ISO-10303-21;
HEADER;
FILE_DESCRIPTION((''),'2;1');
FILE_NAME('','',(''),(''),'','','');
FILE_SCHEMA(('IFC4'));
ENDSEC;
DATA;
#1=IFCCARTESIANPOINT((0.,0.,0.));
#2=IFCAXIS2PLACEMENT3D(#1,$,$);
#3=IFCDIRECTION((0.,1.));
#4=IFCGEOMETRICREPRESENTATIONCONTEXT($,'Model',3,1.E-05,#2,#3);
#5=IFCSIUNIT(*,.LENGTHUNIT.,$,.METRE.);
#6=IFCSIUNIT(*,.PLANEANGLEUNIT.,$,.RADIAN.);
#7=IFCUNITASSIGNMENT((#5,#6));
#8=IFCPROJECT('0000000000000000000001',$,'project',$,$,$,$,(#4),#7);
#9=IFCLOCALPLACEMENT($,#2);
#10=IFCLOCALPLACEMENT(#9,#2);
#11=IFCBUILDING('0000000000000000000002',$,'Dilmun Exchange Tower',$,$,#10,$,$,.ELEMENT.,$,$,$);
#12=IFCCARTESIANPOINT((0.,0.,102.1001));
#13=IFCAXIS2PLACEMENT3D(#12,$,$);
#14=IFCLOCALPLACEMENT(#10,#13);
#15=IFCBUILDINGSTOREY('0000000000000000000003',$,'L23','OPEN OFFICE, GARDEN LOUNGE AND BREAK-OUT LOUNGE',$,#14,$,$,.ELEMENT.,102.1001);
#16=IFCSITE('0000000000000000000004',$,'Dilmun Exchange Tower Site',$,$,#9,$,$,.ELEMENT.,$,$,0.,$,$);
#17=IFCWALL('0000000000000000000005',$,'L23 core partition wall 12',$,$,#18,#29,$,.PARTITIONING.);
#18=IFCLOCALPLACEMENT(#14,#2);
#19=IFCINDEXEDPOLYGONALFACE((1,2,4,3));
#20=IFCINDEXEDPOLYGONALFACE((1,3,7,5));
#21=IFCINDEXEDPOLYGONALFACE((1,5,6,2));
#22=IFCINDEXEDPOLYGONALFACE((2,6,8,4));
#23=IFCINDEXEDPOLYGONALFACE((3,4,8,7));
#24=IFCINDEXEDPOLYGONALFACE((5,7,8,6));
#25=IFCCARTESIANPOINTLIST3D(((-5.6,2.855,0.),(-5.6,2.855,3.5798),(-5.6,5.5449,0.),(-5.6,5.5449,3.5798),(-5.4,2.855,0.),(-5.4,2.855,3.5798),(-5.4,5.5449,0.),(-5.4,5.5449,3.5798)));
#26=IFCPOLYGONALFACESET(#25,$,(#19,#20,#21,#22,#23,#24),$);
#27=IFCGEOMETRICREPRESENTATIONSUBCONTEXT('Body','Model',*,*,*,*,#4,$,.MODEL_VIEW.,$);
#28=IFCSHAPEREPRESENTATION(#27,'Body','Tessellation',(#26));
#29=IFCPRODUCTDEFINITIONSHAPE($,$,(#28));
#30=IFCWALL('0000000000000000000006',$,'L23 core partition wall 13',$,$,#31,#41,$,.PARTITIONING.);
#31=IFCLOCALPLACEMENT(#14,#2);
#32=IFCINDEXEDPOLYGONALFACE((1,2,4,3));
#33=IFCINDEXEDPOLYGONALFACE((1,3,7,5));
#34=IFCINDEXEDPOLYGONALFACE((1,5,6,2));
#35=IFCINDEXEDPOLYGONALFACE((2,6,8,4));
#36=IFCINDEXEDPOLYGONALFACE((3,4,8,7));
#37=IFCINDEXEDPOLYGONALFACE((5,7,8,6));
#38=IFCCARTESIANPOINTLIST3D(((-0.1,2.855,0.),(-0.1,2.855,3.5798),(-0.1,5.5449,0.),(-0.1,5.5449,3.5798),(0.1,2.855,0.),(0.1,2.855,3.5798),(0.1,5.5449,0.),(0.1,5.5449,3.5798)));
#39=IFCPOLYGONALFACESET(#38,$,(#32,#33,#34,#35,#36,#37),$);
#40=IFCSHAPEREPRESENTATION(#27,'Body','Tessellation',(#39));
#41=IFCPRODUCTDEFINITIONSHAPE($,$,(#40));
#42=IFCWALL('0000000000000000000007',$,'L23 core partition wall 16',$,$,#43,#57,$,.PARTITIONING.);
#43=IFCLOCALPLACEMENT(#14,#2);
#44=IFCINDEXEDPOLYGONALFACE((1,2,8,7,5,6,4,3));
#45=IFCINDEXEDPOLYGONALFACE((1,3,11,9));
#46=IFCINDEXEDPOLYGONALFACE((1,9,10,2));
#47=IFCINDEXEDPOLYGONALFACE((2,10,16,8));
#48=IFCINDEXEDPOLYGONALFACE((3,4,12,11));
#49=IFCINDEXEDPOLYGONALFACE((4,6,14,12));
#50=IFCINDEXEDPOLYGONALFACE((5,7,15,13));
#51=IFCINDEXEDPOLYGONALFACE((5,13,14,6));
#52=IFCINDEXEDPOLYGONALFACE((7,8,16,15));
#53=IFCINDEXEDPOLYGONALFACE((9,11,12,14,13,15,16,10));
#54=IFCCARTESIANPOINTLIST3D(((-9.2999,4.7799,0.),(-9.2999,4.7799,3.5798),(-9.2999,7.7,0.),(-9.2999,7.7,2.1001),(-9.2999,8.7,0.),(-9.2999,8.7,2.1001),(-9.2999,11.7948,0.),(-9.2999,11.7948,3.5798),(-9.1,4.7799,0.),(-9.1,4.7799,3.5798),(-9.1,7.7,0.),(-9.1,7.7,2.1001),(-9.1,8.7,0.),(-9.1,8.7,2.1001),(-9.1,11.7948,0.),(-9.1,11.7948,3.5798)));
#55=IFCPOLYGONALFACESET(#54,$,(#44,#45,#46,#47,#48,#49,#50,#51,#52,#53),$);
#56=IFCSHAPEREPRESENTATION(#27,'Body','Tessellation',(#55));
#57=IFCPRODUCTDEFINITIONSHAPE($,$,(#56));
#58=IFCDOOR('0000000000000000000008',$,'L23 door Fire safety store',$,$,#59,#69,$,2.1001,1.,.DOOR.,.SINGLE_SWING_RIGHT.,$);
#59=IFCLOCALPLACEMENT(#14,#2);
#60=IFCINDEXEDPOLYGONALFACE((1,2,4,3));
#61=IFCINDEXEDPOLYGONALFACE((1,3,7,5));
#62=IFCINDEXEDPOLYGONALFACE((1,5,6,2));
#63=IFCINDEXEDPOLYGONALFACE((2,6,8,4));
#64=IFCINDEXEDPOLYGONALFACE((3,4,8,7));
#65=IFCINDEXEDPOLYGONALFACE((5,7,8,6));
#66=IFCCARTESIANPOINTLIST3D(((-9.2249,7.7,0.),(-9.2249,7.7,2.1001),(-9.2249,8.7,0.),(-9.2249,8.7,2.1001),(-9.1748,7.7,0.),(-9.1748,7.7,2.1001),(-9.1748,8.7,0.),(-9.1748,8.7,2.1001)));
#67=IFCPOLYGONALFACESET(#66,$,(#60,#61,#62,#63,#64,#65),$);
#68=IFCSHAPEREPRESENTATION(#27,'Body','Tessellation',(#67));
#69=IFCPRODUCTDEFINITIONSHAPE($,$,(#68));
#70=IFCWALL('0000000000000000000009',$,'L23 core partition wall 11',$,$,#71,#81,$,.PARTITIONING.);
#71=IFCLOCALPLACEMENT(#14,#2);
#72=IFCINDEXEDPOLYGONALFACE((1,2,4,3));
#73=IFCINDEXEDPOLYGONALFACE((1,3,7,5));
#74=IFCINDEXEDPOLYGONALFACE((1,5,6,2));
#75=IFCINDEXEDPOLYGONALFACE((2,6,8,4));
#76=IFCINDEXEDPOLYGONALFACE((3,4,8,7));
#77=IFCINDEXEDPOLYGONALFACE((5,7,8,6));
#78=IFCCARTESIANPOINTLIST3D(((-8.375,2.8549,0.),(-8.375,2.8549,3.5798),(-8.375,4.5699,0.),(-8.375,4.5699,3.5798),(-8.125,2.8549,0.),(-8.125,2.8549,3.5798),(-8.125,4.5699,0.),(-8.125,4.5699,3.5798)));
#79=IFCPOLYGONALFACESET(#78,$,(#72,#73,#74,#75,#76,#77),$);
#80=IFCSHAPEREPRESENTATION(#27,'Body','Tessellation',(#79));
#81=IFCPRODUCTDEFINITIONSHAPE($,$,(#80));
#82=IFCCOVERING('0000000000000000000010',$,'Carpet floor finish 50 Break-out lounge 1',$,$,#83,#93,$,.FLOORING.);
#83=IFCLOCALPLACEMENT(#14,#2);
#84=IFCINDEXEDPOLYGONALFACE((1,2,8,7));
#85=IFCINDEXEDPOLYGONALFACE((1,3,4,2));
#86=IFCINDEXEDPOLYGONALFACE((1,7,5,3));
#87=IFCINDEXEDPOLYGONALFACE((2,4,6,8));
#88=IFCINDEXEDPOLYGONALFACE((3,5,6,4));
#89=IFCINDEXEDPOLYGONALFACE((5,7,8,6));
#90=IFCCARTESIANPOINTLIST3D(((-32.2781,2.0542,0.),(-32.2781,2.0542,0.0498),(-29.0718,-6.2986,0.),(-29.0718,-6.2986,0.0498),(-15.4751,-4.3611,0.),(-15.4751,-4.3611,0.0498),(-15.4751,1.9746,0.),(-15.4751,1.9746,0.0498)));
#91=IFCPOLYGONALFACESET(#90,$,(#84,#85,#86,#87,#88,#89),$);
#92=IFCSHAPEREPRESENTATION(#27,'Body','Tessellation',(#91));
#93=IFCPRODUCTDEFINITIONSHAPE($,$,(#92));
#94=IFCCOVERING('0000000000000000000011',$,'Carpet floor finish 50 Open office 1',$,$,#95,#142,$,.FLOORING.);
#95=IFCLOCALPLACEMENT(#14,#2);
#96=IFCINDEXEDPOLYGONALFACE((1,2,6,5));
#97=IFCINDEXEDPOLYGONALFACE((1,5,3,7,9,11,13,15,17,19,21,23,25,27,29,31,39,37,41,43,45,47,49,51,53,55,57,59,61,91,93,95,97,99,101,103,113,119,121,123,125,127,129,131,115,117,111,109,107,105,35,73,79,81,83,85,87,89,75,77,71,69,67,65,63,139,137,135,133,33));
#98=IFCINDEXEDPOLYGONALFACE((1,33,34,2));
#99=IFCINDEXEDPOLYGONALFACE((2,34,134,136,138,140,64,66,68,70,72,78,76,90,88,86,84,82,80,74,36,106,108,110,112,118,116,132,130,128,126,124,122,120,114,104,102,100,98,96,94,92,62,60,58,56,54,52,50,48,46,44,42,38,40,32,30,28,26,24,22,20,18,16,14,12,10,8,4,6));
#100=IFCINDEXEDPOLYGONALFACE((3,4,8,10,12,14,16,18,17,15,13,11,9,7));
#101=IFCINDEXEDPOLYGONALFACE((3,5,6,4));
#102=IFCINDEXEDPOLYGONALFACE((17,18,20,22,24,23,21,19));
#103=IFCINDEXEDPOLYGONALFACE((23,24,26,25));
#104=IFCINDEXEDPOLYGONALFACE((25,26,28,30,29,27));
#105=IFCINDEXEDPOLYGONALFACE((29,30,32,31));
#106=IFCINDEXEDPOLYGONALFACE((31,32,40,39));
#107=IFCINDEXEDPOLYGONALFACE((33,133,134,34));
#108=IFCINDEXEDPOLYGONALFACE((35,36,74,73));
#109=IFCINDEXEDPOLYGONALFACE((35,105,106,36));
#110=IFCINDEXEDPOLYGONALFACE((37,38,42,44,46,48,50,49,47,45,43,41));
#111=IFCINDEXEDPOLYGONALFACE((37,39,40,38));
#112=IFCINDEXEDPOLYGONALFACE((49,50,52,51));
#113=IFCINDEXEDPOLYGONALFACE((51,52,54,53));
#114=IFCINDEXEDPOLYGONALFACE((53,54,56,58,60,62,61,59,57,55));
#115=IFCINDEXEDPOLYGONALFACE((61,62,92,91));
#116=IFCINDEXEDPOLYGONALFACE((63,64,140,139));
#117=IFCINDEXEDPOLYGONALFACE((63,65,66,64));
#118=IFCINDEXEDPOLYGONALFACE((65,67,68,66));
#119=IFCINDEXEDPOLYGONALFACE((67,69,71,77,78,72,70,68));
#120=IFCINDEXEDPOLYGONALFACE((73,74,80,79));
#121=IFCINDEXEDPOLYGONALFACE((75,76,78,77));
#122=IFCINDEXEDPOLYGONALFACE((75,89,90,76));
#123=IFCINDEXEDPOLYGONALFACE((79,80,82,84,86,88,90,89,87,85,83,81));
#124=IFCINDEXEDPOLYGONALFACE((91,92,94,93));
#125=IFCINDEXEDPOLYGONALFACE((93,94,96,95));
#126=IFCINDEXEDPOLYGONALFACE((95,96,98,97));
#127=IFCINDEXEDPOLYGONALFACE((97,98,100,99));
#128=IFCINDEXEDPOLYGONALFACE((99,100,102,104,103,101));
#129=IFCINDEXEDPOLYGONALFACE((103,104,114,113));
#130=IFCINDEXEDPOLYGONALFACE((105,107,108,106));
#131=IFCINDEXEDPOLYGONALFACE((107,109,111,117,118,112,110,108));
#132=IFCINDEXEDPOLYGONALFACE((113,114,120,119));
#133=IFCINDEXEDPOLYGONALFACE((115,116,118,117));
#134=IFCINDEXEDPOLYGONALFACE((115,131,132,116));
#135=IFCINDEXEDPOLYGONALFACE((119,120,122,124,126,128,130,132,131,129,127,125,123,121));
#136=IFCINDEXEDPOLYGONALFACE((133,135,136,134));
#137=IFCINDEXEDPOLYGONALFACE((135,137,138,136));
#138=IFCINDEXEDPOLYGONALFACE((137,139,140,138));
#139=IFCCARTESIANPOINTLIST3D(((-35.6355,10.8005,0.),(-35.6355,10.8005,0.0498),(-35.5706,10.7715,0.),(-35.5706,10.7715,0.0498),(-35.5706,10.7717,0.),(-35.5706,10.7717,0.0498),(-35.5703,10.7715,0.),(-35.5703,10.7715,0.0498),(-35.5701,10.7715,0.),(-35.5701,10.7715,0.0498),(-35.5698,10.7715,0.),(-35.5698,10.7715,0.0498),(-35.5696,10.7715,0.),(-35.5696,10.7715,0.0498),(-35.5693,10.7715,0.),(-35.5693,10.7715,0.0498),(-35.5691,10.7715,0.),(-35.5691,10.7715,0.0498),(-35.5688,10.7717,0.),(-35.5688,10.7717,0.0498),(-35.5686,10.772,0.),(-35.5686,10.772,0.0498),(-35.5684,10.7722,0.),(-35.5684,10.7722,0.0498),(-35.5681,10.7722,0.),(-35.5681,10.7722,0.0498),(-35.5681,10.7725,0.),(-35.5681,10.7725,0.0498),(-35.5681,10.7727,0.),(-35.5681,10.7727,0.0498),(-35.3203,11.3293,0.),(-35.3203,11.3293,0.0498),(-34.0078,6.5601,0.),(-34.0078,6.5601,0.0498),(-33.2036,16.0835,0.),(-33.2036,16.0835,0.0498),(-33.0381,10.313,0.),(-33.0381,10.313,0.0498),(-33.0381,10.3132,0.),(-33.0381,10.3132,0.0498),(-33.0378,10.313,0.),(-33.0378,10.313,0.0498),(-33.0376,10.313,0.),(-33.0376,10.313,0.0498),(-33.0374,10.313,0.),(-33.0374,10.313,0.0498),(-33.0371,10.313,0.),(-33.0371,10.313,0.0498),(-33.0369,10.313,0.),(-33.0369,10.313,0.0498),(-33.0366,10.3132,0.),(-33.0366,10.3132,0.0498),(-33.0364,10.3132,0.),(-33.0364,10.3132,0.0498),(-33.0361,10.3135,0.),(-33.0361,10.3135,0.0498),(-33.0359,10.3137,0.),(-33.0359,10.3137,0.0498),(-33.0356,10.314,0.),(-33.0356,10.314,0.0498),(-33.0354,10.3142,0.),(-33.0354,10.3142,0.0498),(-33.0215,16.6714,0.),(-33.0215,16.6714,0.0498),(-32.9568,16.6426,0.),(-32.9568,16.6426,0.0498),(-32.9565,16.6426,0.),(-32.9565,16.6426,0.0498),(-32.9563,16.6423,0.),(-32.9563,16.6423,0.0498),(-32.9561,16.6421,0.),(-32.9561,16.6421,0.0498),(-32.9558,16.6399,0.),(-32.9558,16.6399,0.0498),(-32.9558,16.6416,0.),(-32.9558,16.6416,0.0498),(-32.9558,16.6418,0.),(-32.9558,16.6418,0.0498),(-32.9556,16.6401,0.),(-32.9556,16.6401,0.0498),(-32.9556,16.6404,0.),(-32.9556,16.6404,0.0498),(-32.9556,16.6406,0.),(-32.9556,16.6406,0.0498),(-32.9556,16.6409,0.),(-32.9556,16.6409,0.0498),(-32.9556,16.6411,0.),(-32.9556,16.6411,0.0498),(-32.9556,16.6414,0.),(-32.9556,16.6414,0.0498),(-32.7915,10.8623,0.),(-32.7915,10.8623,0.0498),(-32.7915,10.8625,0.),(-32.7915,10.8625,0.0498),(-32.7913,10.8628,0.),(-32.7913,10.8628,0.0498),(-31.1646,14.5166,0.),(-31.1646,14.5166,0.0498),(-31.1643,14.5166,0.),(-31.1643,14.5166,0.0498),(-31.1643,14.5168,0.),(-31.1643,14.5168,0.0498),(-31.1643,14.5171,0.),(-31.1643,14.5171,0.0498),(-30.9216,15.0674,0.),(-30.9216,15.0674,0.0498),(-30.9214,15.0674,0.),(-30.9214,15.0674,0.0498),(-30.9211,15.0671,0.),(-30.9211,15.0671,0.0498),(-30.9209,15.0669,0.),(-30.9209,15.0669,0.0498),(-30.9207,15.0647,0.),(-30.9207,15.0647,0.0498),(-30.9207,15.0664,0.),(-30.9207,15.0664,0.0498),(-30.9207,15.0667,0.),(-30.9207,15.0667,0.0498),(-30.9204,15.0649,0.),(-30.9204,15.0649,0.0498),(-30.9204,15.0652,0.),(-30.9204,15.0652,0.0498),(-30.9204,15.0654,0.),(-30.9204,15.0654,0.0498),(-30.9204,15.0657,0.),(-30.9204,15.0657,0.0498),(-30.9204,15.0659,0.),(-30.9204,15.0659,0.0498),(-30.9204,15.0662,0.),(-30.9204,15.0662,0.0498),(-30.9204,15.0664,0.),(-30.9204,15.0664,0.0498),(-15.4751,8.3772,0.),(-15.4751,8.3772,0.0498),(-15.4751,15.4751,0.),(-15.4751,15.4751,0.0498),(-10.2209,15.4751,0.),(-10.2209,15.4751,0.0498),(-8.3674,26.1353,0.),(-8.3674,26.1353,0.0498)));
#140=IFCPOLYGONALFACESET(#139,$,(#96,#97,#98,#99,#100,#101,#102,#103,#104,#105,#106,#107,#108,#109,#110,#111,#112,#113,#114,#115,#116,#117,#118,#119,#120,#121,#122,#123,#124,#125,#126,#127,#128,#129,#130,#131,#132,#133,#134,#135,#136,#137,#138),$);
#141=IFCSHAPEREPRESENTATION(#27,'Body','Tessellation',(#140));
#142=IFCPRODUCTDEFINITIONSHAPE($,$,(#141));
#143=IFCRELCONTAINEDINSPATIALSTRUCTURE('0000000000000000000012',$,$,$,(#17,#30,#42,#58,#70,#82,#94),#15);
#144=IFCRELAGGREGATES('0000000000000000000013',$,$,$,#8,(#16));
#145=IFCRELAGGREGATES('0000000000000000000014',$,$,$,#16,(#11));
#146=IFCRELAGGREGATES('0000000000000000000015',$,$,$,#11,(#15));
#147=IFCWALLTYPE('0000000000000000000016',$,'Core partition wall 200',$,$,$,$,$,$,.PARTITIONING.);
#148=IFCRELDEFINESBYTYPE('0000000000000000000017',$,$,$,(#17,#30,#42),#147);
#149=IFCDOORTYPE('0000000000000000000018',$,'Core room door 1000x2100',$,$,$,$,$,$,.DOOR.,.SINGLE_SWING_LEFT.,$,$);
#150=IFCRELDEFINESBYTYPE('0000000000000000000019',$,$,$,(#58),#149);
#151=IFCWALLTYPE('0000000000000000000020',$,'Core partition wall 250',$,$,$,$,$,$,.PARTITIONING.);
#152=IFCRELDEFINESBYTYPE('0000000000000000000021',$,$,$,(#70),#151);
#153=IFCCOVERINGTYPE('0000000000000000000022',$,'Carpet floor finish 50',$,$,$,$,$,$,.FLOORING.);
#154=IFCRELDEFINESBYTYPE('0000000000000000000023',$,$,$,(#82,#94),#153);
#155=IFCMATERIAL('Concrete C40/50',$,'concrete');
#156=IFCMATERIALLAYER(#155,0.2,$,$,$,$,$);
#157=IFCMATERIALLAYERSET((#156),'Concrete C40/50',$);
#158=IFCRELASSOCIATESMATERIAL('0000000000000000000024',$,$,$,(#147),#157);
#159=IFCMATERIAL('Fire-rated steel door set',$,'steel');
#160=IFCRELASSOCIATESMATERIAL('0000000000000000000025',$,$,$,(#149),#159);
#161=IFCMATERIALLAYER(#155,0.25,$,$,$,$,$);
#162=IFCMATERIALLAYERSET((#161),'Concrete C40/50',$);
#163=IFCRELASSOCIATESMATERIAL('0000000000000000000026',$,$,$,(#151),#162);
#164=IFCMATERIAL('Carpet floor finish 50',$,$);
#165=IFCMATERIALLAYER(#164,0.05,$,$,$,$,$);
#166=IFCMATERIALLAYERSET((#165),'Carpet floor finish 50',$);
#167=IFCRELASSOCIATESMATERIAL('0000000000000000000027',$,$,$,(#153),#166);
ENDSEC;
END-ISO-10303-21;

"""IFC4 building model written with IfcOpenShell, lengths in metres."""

from ifc_helpers import new_model, si_unit, direction, frame, frame_2d, origin, place, context, subcontext, project, spatial, polyline, rectangle, outline, extrude, material, layer, layer_set, type_object, element, fill, save


model = new_model("IFC4")

# Units and contexts
model_context = context("Model", 3, precision=1e-05, world=origin(), true_north=direction((0.0, 1.0)))
body_context = subcontext(model_context, "Body", "Model", "MODEL_VIEW")
ifc_project = project(units=[si_unit("LENGTHUNIT", "METRE"), si_unit("PLANEANGLEUNIT", "RADIAN")], contexts=[model_context])

# Site, building, storey
site_placement = place(None, origin())
site = spatial("IfcSite", under=ifc_project, at=site_placement, Name="Dilmun Exchange Tower Site", CompositionType="ELEMENT", RefElevation=0.0)
building_placement = place(site_placement, origin())
building = spatial("IfcBuilding", under=site, at=building_placement, Name="Dilmun Exchange Tower", CompositionType="ELEMENT")
storey_placement = place(building_placement, frame((0.0, 0.0, 102.1001)))
storey = spatial("IfcBuildingStorey", under=building, at=storey_placement, Name="L23", Description="OPEN OFFICE, GARDEN LOUNGE AND BREAK-OUT LOUNGE", CompositionType="ELEMENT", Elevation=102.1001)

# Walls
ifc_material_1 = material(Name="Concrete C40/50", Category="concrete")
ifc_layer_1 = layer(ifc_material_1, 0.2)
ifc_layer_set_1 = layer_set([ifc_layer_1], Name="Concrete C40/50")
wall_type_1 = type_object("IfcWallType", Name="Core partition wall 200", PredefinedType="PARTITIONING", material=ifc_layer_set_1)
for number, where, z_axis, x_axis, name in (
    (1, (-5.5, 2.855, 0.0), (0.0, 0.0, 1.0), (0.0, 1.0, 0.0), "L23 core partition wall 12"),
    (2, (0.0, 2.855, 0.0), (0.0, 0.0, 1.0), (0.0, 1.0, 0.0), "L23 core partition wall 13"),
):
    element("IfcWall", number, at=place(storey_placement, frame(where, z_axis=z_axis, x_axis=x_axis)), inside=storey, type_object=wall_type_1, Name=name, PredefinedType="PARTITIONING", context=body_context, shape_type="SweptSolid", body=[
        extrude(rectangle(XDim=2.6899, YDim=0.2, at=frame_2d((1.345, 0.0))), origin(), (0.0, 0.0, 1.0), 3.5798),
    ])

# Wall, opening, door
wall_1_placement = place(storey_placement, frame((-9.2, 4.78, 0.0), z_axis=(0.0, 0.0, 1.0), x_axis=(0.0, 1.0, 0.0)))
wall_1 = element("IfcWall", 3, at=wall_1_placement, inside=storey, type_object=wall_type_1, Name="L23 core partition wall 16", PredefinedType="PARTITIONING", context=body_context, shape_type="SweptSolid", body=[
    extrude(rectangle(XDim=7.0149, YDim=0.2, at=frame_2d((3.5073, 0.0))), origin(), (0.0, 0.0, 1.0), 3.5798),
])
opening_placement = place(wall_1_placement, frame((2.9199, 0.0, 0.0)))
opening = element("IfcOpeningElement", 4, at=opening_placement, cuts=wall_1, PredefinedType="OPENING", context=body_context, shape_type="SweptSolid", body=[
    extrude(rectangle(XDim=1.0, YDim=2.1001, at=frame_2d((0.5, 1.05))), frame((0.0, 0.1099, 0.0), z_axis=(0.0, -1.0, 0.0), x_axis=(1.0, 0.0, 0.0)), (0.0, 0.0, 1.0), 0.22),
])
ifc_material_2 = material(Name="Fire-rated steel door set", Category="steel")
door_type = type_object("IfcDoorType", Name="Core room door 1000x2100", OperationType="SINGLE_SWING_LEFT", PredefinedType="DOOR", material=ifc_material_2)
door_placement = place(opening_placement, origin())
door = element("IfcDoor", 5, at=door_placement, inside=storey, type_object=door_type, Name="L23 door Fire safety store", OperationType="SINGLE_SWING_RIGHT", OverallHeight=2.1001, OverallWidth=1.0, PredefinedType="DOOR", context=body_context, shape_type="SweptSolid", body=[
    extrude(rectangle(XDim=1.0, YDim=2.1001, at=frame_2d((0.5, 1.05))), frame((0.0, 0.0249, 0.0), z_axis=(0.0, -1.0, 0.0), x_axis=(1.0, 0.0, 0.0)), (0.0, 0.0, 1.0), 0.05),
])
fill(opening, door)

# Wall
ifc_layer_2 = layer(ifc_material_1, 0.25)
ifc_layer_set_2 = layer_set([ifc_layer_2], Name="Concrete C40/50")
wall_type_2 = type_object("IfcWallType", Name="Core partition wall 250", PredefinedType="PARTITIONING", material=ifc_layer_set_2)
wall_2_placement = place(storey_placement, frame((-8.25, 2.855, 0.0), z_axis=(0.0, 0.0, 1.0), x_axis=(0.0, 1.0, 0.0)))
element("IfcWall", 6, at=wall_2_placement, inside=storey, type_object=wall_type_2, Name="L23 core partition wall 11", PredefinedType="PARTITIONING", context=body_context, shape_type="SweptSolid", body=[
    extrude(rectangle(XDim=1.7151, YDim=0.25, at=frame_2d((0.8574, 0.0))), origin(), (0.0, 0.0, 1.0), 3.5798),
])

# Coverings
ifc_material_3 = material(Name="Carpet floor finish 50")
ifc_layer_3 = layer(ifc_material_3, 0.05)
ifc_layer_set_3 = layer_set([ifc_layer_3], Name="Carpet floor finish 50")
covering_type_1 = type_object("IfcCoveringType", Name="Carpet floor finish 50", PredefinedType="FLOORING", material=ifc_layer_set_3)
covering_1_placement = place(storey_placement, origin())
element("IfcCovering", 7, at=covering_1_placement, inside=storey, type_object=covering_type_1, Name="Carpet floor finish 50 Break-out lounge 1", PredefinedType="FLOORING", context=body_context, shape_type="SweptSolid", body=[
    extrude(outline(polyline([(-15.4751, 1.9746), (-15.4751, -4.3611), (-29.0718, -6.2986), (-32.2781, 2.0542), (-15.4751, 1.9746)])), origin(), (0.0, 0.0, 1.0), 0.0498),
])
covering_2_placement = place(storey_placement, origin())
element("IfcCovering", 8, at=covering_2_placement, inside=storey, type_object=covering_type_1, Name="Carpet floor finish 50 Open office 1", PredefinedType="FLOORING", context=body_context, shape_type="SweptSolid", body=[
    extrude(outline(polyline([(-10.2209, 15.4751), (-15.4751, 15.4751), (-15.4751, 8.3772), (-34.0078, 6.5601), (-35.6355, 10.8005), (-35.5706, 10.7717), (-35.5706, 10.7715), (-35.5703, 10.7715), (-35.5701, 10.7715), (-35.5698, 10.7715), (-35.5696, 10.7715), (-35.5696, 10.7715), (-35.5693, 10.7715), (-35.5691, 10.7715), (-35.5688, 10.7717), (-35.5688, 10.7717), (-35.5686, 10.772), (-35.5686, 10.772), (-35.5684, 10.7722), (-35.5681, 10.7722), (-35.5681, 10.7725), (-35.5681, 10.7727), (-35.3203, 11.3293), (-33.0381, 10.3132), (-33.0381, 10.313), (-33.0378, 10.313), (-33.0376, 10.313), (-33.0374, 10.313), (-33.0371, 10.313), (-33.0371, 10.313), (-33.0369, 10.313), (-33.0366, 10.3132), (-33.0364, 10.3132), (-33.0364, 10.3132), (-33.0361, 10.3135), (-33.0359, 10.3137), (-33.0359, 10.3137), (-33.0356, 10.314), (-33.0356, 10.314), (-33.0354, 10.3142), (-32.7915, 10.8623), (-32.7915, 10.8625), (-32.7913, 10.8628), (-32.7913, 10.8628), (-31.1646, 14.5166), (-31.1643, 14.5166), (-31.1643, 14.5168), (-31.1643, 14.5171), (-31.1643, 14.5171), (-30.9207, 15.0647), (-30.9204, 15.0649), (-30.9204, 15.0652), (-30.9204, 15.0652), (-30.9204, 15.0654), (-30.9204, 15.0657), (-30.9204, 15.0659), (-30.9204, 15.0662), (-30.9204, 15.0664), (-30.9207, 15.0664), (-30.9207, 15.0667), (-30.9209, 15.0669), (-30.9209, 15.0669), (-30.9211, 15.0671), (-30.9211, 15.0671), (-30.9214, 15.0674), (-30.9216, 15.0674), (-33.2036, 16.0835), (-32.9558, 16.6399), (-32.9556, 16.6401), (-32.9556, 16.6404), (-32.9556, 16.6404), (-32.9556, 16.6406), (-32.9556, 16.6409), (-32.9556, 16.6411), (-32.9556, 16.6414), (-32.9558, 16.6416), (-32.9558, 16.6416), (-32.9558, 16.6418), (-32.9561, 16.6421), (-32.9561, 16.6421), (-32.9563, 16.6423), (-32.9563, 16.6423), (-32.9565, 16.6426), (-32.9568, 16.6426), (-33.0215, 16.6714), (-8.3674, 26.1353), (-10.2209, 15.4751)])), origin(), (0.0, 0.0, 1.0), 0.0498),
])

save(model, "model.ifc")
